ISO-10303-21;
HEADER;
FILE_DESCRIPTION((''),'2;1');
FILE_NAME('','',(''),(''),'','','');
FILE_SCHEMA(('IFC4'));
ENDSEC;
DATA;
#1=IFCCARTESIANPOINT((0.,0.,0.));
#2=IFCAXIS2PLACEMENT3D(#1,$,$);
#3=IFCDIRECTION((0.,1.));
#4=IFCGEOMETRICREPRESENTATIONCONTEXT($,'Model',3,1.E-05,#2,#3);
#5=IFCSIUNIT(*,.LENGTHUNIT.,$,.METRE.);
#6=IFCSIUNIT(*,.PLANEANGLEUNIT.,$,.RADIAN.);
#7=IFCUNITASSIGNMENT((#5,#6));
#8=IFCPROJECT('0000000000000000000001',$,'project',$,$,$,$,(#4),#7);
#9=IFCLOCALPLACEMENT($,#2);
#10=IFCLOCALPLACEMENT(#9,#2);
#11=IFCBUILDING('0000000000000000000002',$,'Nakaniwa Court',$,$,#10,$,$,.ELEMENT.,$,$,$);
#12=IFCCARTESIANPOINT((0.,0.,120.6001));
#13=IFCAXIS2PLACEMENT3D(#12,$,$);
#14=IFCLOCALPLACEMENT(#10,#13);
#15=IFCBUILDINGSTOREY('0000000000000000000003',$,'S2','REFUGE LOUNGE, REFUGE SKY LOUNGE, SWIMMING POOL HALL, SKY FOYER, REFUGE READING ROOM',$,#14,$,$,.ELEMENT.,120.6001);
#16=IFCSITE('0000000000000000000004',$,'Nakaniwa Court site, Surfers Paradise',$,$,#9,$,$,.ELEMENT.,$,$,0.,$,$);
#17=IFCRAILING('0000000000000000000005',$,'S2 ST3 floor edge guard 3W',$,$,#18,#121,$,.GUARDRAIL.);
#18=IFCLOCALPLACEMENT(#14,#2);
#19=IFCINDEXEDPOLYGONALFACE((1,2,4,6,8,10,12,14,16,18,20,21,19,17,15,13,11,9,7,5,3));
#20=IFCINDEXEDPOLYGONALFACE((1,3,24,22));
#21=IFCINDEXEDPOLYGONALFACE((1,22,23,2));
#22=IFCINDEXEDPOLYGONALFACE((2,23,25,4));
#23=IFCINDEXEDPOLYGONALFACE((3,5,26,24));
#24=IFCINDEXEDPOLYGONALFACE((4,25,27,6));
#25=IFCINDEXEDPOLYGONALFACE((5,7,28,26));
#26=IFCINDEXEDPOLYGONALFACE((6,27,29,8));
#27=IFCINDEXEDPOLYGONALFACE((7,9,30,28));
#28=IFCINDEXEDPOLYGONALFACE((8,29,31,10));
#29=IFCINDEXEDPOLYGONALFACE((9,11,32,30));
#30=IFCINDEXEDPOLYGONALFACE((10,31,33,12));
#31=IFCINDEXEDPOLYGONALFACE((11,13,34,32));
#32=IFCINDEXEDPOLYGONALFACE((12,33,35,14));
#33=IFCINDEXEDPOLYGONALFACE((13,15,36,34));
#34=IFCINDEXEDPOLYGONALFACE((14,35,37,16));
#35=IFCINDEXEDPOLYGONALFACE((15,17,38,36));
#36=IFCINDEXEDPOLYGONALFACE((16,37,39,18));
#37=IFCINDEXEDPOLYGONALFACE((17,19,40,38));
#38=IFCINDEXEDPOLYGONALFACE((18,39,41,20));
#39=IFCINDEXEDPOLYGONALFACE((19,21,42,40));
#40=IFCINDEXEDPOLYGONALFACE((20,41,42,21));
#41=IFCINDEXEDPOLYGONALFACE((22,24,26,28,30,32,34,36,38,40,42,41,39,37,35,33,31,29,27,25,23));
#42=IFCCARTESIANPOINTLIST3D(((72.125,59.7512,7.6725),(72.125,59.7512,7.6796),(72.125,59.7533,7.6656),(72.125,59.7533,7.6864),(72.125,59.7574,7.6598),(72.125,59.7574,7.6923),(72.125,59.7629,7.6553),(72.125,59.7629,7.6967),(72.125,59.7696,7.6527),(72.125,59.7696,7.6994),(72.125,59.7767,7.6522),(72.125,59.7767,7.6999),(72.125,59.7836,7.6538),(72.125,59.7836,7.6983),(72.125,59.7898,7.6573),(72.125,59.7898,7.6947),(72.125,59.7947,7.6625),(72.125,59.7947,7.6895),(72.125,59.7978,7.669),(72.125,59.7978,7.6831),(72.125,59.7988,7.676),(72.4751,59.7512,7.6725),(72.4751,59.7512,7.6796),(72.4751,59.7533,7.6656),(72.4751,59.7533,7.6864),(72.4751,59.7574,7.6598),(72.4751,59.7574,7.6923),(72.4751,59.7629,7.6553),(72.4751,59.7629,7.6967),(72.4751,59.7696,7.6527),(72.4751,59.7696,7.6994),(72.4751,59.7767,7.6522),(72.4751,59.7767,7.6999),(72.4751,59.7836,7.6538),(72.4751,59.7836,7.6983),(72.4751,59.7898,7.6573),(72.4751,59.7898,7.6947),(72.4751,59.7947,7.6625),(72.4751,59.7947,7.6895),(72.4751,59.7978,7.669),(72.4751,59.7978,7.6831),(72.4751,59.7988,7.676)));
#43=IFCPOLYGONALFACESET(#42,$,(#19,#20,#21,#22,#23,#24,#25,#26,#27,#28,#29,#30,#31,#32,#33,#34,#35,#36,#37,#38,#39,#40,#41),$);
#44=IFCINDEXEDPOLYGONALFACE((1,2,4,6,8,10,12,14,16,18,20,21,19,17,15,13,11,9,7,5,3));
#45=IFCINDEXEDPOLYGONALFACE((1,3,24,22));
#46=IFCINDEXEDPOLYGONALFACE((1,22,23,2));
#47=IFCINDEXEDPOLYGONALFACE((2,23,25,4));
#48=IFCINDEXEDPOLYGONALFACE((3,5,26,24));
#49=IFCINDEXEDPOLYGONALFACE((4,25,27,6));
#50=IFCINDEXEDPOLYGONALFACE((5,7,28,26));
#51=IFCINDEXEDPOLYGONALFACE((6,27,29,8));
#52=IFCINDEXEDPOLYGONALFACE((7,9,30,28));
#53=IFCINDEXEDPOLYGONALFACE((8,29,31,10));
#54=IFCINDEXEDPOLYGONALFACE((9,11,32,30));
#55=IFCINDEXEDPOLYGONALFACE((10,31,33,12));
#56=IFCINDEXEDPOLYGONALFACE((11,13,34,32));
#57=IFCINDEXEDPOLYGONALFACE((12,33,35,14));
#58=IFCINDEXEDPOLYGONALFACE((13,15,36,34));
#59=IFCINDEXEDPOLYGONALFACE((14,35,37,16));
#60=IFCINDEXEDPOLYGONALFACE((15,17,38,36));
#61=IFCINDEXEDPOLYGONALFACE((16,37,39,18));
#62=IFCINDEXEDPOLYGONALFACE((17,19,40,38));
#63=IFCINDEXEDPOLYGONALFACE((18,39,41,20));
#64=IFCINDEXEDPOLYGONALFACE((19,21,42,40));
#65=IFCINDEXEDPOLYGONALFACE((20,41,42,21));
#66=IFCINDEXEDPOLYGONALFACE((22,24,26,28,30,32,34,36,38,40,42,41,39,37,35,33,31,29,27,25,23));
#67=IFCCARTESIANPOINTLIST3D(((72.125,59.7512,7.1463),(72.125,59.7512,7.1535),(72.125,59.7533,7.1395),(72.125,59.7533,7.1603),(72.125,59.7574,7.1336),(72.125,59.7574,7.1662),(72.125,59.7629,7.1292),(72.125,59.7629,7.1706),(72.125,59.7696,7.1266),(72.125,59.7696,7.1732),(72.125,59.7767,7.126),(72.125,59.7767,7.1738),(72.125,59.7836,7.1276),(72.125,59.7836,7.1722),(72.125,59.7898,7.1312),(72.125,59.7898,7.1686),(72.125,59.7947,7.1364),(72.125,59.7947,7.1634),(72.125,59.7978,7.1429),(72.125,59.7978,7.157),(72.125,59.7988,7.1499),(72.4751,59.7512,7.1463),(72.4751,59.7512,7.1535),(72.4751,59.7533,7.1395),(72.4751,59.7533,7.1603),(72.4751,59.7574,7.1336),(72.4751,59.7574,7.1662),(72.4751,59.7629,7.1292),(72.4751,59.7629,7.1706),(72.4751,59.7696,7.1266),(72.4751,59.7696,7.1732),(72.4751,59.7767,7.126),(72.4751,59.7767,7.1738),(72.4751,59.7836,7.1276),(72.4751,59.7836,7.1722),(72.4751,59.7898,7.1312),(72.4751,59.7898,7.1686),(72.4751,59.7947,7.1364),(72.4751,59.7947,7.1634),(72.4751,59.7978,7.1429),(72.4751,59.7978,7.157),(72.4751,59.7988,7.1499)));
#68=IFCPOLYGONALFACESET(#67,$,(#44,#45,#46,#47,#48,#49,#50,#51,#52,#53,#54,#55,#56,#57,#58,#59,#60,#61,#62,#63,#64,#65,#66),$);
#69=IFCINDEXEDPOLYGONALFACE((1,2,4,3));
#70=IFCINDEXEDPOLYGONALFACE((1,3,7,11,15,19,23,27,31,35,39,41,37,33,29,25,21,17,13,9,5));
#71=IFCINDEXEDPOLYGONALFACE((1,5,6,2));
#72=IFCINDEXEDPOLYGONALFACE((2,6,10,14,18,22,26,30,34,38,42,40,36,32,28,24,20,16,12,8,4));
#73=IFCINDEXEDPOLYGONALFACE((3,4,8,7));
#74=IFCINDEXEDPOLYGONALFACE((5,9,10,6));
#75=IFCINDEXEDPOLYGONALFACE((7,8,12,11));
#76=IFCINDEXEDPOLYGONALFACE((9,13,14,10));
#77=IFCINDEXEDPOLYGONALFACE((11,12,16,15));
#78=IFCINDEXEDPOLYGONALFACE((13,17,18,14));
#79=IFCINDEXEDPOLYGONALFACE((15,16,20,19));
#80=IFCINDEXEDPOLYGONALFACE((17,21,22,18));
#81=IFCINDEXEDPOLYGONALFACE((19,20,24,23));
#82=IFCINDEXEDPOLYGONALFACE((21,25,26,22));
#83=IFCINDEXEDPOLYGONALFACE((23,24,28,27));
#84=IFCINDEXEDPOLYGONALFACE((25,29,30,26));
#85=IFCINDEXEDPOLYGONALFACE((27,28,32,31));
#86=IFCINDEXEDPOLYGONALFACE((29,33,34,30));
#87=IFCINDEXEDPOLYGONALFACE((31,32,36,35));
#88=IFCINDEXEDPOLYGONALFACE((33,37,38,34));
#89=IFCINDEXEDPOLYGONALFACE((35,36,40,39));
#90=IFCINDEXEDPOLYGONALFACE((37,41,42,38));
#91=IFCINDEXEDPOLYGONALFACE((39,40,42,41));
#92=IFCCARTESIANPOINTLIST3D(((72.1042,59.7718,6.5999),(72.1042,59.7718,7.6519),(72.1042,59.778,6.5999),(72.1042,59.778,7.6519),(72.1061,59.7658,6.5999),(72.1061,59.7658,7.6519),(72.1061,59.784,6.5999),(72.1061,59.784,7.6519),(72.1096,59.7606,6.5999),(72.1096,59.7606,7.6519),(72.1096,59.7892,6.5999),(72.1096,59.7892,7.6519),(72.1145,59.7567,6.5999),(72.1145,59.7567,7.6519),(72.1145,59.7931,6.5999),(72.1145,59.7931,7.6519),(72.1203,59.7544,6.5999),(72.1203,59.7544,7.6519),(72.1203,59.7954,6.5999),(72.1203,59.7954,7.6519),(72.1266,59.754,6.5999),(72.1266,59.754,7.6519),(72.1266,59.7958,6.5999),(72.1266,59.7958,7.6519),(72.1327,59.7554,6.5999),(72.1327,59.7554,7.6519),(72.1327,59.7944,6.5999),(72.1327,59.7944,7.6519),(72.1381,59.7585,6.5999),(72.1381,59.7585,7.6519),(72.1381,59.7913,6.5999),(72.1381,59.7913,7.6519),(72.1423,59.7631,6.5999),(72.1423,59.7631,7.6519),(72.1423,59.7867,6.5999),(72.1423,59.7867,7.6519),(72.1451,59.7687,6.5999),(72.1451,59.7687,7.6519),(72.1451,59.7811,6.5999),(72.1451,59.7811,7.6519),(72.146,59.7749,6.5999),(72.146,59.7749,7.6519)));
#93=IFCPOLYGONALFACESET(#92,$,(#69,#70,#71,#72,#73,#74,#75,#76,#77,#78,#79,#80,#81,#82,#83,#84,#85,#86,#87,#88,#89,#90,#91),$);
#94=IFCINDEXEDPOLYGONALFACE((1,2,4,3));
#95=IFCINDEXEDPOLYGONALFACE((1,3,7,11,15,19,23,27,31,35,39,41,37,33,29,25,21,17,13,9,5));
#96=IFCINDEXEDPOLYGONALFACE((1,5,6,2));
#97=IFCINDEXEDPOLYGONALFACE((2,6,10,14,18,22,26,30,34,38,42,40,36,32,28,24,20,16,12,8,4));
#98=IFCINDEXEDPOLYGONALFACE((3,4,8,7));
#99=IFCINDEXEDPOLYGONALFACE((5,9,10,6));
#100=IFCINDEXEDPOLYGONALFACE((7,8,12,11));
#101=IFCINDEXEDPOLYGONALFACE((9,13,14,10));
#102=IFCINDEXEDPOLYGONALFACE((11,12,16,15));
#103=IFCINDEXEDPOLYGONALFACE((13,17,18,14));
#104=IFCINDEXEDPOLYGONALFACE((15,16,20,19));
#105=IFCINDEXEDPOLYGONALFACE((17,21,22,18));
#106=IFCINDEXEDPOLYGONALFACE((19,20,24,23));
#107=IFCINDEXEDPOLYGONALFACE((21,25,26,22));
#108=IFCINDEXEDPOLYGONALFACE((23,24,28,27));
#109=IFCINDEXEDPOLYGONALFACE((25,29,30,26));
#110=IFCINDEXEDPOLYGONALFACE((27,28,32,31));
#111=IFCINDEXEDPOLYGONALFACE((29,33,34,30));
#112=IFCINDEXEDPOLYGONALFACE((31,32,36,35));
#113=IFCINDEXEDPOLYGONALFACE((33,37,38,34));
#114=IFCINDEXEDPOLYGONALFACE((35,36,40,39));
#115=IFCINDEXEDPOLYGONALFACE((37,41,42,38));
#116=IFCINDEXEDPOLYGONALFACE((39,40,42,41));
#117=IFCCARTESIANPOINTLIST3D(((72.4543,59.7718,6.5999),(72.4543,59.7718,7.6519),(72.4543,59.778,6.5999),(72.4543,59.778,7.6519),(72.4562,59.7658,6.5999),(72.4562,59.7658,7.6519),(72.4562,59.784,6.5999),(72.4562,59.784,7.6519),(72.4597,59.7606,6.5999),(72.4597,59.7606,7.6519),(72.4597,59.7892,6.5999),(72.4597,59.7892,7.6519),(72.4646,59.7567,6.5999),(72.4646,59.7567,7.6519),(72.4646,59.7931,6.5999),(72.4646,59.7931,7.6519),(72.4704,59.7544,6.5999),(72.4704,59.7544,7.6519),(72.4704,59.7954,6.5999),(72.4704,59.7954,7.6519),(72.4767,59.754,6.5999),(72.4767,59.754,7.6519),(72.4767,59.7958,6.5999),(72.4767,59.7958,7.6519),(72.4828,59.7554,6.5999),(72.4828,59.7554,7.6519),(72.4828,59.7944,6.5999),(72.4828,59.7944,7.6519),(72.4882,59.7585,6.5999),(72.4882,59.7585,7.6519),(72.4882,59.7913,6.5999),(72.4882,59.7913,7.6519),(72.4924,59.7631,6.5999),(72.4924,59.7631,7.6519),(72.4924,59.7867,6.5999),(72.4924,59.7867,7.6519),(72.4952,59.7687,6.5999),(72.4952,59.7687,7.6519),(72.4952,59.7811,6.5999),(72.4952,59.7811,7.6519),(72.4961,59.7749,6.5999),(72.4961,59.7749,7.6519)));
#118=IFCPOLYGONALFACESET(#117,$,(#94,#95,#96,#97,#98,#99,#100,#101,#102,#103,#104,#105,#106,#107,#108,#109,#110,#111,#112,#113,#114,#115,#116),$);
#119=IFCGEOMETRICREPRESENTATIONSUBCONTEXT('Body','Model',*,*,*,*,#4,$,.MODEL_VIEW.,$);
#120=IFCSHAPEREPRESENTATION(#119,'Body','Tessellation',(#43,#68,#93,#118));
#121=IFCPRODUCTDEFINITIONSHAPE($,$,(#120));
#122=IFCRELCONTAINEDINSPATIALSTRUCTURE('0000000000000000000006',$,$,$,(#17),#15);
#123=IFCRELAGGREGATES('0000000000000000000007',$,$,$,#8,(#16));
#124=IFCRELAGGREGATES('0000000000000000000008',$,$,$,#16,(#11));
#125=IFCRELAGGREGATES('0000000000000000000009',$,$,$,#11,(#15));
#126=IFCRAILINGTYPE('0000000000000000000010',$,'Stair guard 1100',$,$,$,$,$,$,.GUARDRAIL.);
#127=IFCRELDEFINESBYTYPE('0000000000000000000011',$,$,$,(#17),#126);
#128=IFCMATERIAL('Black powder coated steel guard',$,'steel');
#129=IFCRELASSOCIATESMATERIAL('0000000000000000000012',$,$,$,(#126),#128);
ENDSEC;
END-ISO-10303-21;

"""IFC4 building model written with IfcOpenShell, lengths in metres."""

from ifc_helpers import new_model, si_unit, direction, frame, origin, origin_2d, place, context, subcontext, project, spatial, circle, extrude, material, type_object, element, save


model = new_model("IFC4")

# Units and contexts
model_context = context("Model", 3, precision=1e-05, world=origin(), true_north=direction((0.0, 1.0)))
body_context = subcontext(model_context, "Body", "Model", "MODEL_VIEW")
ifc_project = project(units=[si_unit("LENGTHUNIT", "METRE"), si_unit("PLANEANGLEUNIT", "RADIAN")], contexts=[model_context])

# Site, building, storey
site_placement = place(None, origin())
site = spatial("IfcSite", under=ifc_project, at=site_placement, Name="Nakaniwa Court site, Surfers Paradise", CompositionType="ELEMENT", RefElevation=0.0)
building_placement = place(site_placement, origin())
building = spatial("IfcBuilding", under=site, at=building_placement, Name="Nakaniwa Court", CompositionType="ELEMENT")
storey_placement = place(building_placement, frame((0.0, 0.0, 120.6001)))
storey = spatial("IfcBuildingStorey", under=building, at=storey_placement, Name="S2", Description="REFUGE LOUNGE, REFUGE SKY LOUNGE, SWIMMING POOL HALL, SKY FOYER, REFUGE READING ROOM", CompositionType="ELEMENT", Elevation=120.6001)

# Railing
ifc_material_1 = material(Name="Black powder coated steel guard", Category="steel")
railing_type_1 = type_object("IfcRailingType", Name="Stair guard 1100", PredefinedType="GUARDRAIL", material=ifc_material_1)
for number, where, name in (
    (1, (72.125, 59.7749, 6.5999), "S2 ST3 floor edge guard 3W"),
):
    element("IfcRailing", number, at=place(storey_placement, frame(where)), inside=storey, type_object=railing_type_1, Name=name, PredefinedType="GUARDRAIL", context=body_context, shape_type="SweptSolid", body=[
        extrude(circle(Radius=0.0239, at=origin_2d()), frame((0.0, 0.0, 1.0762), z_axis=(1.0, 0.0, 0.0), x_axis=(0.0, 1.0, 0.0)), (0.0, 0.0, 1.0), 0.3501),
        extrude(circle(Radius=0.0239, at=origin_2d()), frame((0.0, 0.0, 0.55), z_axis=(1.0, 0.0, 0.0), x_axis=(0.0, 1.0, 0.0)), (0.0, 0.0, 1.0), 0.3501),
        extrude(circle(Radius=0.021, at=origin_2d()), origin(), (0.0, 0.0, 1.0), 1.052),
        extrude(circle(Radius=0.021, at=origin_2d()), frame((0.3501, 0.0, 0.0)), (0.0, 0.0, 1.0), 1.052),
    ])

save(model, "model.ifc")
